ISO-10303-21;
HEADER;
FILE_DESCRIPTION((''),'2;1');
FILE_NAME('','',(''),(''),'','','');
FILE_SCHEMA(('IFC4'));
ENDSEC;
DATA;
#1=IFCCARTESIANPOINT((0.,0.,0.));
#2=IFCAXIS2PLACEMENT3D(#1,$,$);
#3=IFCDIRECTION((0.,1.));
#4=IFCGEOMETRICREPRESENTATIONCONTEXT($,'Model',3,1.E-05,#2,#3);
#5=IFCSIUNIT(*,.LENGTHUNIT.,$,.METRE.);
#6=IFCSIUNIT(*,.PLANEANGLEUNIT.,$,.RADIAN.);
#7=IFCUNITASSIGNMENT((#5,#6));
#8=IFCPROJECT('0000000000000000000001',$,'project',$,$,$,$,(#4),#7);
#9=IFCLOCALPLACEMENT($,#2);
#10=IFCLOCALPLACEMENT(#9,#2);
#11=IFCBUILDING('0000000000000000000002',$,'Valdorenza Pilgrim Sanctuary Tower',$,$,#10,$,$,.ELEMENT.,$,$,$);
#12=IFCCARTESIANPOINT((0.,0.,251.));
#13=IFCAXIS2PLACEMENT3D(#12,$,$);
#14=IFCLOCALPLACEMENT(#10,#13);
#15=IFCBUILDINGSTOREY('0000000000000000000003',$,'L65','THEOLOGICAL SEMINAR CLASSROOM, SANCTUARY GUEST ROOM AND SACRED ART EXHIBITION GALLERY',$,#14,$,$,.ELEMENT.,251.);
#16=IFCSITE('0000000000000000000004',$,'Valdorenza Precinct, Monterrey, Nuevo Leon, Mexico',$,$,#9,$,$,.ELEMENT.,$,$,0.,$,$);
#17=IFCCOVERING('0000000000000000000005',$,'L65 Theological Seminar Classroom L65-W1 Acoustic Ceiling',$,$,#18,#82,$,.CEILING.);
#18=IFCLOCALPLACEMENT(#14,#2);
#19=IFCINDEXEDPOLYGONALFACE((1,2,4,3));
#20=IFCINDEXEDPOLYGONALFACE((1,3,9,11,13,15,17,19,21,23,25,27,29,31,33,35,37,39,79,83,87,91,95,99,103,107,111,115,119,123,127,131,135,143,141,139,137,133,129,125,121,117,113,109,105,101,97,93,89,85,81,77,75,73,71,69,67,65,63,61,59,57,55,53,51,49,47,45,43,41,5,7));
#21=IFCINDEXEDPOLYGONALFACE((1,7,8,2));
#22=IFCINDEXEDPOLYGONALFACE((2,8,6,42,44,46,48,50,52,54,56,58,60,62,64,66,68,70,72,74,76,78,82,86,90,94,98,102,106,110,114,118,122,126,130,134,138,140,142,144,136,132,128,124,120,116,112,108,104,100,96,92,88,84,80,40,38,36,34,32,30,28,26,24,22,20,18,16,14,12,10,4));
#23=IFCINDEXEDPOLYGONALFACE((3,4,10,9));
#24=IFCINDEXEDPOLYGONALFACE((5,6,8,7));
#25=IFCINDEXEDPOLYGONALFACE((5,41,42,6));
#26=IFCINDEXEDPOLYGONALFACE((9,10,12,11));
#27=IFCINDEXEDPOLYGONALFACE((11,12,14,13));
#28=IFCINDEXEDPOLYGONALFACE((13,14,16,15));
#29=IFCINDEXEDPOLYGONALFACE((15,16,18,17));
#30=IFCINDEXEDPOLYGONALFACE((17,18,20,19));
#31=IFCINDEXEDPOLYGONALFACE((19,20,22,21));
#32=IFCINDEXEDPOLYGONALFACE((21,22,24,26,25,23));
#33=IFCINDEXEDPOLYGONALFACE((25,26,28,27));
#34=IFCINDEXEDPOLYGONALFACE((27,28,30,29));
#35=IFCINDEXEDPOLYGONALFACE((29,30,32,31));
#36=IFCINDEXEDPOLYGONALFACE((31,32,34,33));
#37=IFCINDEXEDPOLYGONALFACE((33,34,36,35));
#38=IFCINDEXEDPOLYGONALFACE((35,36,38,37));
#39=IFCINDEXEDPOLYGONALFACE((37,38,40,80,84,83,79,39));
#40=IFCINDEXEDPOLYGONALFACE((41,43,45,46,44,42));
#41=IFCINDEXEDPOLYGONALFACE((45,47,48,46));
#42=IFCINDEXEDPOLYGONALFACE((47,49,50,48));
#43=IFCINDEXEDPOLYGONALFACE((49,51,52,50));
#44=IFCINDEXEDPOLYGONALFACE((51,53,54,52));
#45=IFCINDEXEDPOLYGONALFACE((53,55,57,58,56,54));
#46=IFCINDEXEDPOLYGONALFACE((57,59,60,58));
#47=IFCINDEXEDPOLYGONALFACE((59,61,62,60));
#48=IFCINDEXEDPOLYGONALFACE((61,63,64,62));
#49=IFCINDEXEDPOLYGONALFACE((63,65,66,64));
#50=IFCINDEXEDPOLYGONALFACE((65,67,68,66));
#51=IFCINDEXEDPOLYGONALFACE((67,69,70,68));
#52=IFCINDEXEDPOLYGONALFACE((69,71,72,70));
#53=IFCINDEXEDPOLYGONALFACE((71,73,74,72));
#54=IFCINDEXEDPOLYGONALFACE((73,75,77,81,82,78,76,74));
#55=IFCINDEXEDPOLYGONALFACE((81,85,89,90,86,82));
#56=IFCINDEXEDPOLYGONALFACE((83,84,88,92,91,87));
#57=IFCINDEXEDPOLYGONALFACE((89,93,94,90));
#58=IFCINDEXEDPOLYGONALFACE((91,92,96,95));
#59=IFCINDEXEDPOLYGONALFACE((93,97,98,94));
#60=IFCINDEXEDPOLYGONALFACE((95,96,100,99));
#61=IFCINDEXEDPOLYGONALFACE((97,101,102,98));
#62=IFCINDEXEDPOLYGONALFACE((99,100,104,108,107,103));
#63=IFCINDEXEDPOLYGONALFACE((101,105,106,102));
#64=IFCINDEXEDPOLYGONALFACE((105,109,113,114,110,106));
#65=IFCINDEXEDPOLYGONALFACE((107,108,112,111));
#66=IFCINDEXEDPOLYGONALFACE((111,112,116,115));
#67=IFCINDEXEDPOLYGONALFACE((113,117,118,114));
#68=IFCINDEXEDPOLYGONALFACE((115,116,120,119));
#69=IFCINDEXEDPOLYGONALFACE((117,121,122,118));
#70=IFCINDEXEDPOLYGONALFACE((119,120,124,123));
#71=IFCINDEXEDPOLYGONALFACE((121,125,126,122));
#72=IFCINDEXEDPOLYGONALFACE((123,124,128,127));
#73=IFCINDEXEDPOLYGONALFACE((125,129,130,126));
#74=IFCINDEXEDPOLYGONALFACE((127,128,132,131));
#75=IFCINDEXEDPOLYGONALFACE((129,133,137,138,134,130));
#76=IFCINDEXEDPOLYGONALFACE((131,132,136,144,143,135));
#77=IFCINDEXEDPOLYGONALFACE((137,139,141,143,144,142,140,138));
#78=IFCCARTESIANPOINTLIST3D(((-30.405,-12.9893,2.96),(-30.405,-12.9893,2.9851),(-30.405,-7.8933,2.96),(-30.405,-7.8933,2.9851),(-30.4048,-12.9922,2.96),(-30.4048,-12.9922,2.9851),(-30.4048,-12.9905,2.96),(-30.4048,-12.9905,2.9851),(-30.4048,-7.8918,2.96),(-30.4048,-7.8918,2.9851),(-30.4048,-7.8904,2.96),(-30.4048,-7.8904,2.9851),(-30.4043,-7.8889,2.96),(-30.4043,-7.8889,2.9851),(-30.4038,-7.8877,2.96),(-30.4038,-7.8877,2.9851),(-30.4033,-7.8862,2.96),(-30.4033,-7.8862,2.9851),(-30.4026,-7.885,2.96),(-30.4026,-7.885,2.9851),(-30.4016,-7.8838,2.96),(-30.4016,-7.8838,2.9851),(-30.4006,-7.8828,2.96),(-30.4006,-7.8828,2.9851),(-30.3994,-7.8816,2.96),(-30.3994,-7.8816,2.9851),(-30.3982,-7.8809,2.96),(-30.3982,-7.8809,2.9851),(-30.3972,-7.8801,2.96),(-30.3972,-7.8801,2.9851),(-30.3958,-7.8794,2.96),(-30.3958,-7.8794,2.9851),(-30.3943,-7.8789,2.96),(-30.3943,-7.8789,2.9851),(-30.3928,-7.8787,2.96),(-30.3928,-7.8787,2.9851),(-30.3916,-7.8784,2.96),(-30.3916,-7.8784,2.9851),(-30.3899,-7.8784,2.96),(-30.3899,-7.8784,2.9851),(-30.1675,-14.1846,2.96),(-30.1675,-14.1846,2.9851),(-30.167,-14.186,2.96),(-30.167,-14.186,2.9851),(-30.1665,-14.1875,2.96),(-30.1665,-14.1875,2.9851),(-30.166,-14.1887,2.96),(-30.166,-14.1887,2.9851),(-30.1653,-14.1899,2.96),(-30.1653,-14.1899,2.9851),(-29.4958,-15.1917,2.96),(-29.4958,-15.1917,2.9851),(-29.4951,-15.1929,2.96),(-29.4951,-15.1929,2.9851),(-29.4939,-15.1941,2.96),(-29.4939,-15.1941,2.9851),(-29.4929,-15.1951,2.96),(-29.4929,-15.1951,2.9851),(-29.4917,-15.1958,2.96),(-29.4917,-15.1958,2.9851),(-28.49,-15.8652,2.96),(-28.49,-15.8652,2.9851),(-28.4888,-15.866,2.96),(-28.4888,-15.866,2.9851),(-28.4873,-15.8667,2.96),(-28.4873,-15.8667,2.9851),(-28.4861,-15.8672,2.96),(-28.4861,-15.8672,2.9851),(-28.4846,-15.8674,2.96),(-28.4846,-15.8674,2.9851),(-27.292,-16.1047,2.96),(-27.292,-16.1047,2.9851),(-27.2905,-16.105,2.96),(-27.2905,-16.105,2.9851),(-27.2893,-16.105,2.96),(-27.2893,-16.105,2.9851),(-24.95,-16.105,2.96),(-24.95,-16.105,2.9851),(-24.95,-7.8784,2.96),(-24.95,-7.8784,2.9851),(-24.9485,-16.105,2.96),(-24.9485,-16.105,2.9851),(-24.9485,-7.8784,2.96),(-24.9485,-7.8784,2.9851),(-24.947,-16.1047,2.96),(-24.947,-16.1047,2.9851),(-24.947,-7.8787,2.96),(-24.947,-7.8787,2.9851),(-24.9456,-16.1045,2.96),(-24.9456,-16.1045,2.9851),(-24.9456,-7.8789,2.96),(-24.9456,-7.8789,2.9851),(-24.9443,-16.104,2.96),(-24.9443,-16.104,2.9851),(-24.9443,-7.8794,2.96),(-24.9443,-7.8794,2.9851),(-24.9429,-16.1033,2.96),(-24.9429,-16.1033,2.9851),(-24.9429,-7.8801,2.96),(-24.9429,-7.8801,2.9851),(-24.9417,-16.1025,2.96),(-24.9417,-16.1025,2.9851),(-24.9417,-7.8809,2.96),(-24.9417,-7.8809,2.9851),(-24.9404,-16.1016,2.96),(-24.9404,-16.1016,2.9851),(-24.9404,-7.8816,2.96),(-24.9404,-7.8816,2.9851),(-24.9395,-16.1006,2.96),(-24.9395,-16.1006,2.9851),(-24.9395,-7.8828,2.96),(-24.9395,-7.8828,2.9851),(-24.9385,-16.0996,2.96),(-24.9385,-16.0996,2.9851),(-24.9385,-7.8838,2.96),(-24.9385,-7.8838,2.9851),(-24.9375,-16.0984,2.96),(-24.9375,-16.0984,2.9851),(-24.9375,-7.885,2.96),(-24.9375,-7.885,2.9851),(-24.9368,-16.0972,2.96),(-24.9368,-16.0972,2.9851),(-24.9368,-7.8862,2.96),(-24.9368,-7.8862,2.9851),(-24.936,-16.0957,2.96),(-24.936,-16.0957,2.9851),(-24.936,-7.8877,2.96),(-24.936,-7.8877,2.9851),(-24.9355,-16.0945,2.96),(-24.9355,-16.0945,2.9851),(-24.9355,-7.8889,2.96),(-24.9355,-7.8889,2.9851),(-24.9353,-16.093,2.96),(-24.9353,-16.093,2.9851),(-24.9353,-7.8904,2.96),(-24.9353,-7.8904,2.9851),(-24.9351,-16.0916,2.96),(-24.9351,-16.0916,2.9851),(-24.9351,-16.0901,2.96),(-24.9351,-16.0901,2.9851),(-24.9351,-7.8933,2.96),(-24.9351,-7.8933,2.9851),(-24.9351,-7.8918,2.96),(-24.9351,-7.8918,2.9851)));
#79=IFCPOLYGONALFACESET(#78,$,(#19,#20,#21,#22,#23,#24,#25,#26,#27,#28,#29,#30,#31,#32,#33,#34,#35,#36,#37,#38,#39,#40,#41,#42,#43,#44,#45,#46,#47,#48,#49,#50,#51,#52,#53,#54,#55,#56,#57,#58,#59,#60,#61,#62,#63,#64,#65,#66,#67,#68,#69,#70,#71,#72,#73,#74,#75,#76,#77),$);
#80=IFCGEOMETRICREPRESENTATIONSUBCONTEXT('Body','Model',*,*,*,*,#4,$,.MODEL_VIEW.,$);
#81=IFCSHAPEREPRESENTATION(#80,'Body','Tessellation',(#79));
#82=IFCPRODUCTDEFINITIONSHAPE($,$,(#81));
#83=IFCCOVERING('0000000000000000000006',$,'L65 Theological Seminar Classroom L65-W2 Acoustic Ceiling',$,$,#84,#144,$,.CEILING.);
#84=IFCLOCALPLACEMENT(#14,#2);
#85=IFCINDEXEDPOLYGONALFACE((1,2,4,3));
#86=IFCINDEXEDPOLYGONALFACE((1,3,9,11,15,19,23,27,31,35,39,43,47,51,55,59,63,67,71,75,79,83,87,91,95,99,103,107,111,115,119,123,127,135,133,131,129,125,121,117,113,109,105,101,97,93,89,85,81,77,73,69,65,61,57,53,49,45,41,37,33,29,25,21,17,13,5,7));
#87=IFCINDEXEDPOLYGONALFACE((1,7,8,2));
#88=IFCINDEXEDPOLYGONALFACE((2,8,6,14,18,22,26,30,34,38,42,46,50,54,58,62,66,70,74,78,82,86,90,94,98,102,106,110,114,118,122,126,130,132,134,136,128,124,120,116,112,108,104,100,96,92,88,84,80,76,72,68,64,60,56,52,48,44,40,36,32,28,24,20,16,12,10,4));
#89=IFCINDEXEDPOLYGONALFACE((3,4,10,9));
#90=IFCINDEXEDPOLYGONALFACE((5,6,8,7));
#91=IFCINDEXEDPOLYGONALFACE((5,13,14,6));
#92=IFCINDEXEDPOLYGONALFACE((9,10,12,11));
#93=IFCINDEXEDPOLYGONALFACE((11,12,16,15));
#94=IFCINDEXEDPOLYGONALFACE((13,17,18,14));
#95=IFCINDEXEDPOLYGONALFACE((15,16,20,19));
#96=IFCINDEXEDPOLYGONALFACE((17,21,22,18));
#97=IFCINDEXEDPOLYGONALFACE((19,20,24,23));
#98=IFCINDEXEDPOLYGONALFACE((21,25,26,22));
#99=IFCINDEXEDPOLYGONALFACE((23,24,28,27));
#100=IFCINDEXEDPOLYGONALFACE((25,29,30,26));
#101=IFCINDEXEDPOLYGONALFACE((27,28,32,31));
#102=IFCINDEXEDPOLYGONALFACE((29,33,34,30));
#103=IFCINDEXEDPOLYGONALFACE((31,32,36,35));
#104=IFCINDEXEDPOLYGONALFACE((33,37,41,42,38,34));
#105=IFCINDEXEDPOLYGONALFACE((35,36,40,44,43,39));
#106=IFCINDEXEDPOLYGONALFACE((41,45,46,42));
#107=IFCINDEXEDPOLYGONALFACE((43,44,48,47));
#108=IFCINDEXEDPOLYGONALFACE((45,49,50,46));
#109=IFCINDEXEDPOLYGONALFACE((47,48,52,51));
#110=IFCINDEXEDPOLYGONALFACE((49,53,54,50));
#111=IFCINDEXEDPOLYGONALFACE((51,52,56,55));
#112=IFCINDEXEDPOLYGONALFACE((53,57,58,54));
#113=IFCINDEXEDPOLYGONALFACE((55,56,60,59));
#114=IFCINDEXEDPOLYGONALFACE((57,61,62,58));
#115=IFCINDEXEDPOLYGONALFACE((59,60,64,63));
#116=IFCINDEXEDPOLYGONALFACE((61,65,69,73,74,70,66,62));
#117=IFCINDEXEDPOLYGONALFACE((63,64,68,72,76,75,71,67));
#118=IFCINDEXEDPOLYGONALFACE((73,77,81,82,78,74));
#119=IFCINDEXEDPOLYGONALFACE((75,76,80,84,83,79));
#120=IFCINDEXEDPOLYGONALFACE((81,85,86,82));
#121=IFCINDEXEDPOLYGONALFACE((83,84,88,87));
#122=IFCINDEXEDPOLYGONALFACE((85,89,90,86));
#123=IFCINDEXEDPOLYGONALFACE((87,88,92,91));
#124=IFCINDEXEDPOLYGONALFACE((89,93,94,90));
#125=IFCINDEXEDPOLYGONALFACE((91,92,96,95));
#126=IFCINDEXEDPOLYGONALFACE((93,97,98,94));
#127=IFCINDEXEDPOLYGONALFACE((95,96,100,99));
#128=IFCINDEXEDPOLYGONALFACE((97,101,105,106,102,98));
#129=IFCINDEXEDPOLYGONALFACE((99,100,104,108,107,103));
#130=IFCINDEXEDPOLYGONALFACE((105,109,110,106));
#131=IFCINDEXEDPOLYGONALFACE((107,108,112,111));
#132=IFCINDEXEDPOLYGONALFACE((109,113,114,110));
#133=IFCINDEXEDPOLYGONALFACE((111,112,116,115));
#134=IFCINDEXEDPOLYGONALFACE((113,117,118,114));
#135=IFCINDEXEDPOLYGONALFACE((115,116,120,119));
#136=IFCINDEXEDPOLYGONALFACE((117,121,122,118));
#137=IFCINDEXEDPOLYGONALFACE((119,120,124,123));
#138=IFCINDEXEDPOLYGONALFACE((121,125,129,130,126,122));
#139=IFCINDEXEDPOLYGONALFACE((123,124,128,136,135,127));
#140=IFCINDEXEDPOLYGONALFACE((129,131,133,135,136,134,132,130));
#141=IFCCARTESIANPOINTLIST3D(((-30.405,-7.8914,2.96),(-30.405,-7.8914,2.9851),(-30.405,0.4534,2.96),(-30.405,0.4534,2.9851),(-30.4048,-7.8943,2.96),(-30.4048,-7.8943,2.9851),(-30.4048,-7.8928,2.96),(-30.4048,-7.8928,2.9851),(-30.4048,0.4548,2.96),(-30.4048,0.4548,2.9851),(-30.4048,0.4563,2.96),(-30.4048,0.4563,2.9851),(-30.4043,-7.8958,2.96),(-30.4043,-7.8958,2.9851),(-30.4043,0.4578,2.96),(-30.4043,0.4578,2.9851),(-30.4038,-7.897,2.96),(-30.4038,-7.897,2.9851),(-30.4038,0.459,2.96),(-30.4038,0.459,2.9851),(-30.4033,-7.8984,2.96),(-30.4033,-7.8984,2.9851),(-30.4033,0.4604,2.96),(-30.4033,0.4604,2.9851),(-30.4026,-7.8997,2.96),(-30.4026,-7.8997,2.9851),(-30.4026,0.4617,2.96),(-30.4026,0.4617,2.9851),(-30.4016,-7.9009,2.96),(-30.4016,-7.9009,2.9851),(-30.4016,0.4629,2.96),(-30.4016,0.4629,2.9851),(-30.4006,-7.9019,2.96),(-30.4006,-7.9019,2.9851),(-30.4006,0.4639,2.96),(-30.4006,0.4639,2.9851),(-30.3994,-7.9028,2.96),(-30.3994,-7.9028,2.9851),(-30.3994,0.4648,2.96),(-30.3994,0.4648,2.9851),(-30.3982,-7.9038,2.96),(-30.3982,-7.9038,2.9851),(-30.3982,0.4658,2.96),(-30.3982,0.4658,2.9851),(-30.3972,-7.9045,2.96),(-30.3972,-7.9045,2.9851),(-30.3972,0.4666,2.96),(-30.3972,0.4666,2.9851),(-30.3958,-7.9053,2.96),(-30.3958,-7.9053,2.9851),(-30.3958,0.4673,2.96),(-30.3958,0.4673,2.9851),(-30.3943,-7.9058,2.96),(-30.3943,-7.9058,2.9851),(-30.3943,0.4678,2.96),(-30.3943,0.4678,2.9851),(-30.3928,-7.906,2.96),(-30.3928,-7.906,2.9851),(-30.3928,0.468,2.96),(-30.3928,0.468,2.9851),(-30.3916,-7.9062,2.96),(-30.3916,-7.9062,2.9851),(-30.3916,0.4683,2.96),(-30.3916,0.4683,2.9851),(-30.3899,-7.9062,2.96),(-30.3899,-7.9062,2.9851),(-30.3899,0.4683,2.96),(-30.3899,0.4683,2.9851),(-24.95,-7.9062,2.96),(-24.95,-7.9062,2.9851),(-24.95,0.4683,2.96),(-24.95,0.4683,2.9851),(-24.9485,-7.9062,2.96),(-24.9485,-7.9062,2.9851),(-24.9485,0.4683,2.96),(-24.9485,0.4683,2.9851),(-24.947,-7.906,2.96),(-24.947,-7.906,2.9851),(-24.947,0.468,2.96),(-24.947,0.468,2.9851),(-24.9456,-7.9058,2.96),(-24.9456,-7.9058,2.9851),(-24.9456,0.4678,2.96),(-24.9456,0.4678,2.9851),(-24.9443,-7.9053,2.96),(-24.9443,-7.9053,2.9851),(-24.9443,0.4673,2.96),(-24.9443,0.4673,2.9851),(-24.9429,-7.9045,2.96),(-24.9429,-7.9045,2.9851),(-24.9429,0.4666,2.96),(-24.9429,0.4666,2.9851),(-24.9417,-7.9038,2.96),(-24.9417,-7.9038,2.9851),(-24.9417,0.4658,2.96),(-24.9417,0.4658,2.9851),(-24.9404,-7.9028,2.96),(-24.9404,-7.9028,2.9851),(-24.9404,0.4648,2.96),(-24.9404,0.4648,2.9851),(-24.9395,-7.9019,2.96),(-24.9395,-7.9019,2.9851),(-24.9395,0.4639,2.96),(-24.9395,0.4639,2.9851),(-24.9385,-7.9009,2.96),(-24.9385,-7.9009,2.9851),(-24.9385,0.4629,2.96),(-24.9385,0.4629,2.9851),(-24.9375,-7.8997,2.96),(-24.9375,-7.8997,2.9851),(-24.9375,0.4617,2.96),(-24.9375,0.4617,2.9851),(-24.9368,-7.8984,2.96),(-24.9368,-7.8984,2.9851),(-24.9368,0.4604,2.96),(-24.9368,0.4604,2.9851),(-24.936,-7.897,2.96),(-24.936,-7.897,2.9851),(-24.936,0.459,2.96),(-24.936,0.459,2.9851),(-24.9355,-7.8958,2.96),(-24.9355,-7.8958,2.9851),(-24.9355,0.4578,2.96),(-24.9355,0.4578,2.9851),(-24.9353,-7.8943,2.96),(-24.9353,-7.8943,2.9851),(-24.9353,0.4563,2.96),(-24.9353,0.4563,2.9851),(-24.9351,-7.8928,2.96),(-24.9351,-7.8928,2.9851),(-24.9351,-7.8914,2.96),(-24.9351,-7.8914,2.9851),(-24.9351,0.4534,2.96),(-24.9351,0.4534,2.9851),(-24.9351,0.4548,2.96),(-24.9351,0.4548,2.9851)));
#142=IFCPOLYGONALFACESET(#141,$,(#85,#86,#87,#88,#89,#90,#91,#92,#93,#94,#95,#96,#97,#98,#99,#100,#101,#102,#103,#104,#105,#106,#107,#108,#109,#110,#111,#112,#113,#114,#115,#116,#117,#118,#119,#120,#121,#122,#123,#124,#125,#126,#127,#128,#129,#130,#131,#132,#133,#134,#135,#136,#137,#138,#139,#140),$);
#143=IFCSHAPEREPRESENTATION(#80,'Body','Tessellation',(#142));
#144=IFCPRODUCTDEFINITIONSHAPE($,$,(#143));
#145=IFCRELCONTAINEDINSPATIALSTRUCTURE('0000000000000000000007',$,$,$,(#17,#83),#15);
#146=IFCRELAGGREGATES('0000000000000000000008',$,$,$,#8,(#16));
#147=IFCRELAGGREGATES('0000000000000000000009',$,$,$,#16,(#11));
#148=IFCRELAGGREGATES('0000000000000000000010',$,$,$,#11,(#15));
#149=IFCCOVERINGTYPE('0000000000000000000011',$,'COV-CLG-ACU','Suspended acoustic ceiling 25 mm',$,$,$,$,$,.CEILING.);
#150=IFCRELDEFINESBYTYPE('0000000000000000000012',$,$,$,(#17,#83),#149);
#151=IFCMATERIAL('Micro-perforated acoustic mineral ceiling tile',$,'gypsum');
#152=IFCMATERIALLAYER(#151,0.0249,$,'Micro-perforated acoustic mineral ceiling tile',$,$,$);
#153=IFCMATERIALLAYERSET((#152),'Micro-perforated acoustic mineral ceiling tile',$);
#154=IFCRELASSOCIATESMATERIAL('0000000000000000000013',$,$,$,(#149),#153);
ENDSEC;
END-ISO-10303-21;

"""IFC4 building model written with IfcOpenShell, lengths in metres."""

from ifc_helpers import new_model, si_unit, direction, frame, origin, place, context, subcontext, project, spatial, polyline, outline, extrude, material, layer, layer_set, type_object, element, save


model = new_model("IFC4")

# Units and contexts
model_context = context("Model", 3, precision=1e-05, world=origin(), true_north=direction((0.0, 1.0)))
body_context = subcontext(model_context, "Body", "Model", "MODEL_VIEW")
ifc_project = project(units=[si_unit("LENGTHUNIT", "METRE"), si_unit("PLANEANGLEUNIT", "RADIAN")], contexts=[model_context])

# Site, building, storey
site_placement = place(None, origin())
site = spatial("IfcSite", under=ifc_project, at=site_placement, Name="Valdorenza Precinct, Monterrey, Nuevo Leon, Mexico", CompositionType="ELEMENT", RefElevation=0.0)
building_placement = place(site_placement, origin())
building = spatial("IfcBuilding", under=site, at=building_placement, Name="Valdorenza Pilgrim Sanctuary Tower", CompositionType="ELEMENT")
storey_placement = place(building_placement, frame((0.0, 0.0, 251.0)))
storey = spatial("IfcBuildingStorey", under=building, at=storey_placement, Name="L65", Description="THEOLOGICAL SEMINAR CLASSROOM, SANCTUARY GUEST ROOM AND SACRED ART EXHIBITION GALLERY", CompositionType="ELEMENT", Elevation=251.0)

# Coverings
ifc_material_1 = material(Name="Micro-perforated acoustic mineral ceiling tile", Category="gypsum")
ifc_layer_1 = layer(ifc_material_1, 0.0249, Name="Micro-perforated acoustic mineral ceiling tile")
ifc_layer_set_1 = layer_set([ifc_layer_1], Name="Micro-perforated acoustic mineral ceiling tile")
covering_type_1 = type_object("IfcCoveringType", Name="COV-CLG-ACU", Description="Suspended acoustic ceiling 25 mm", PredefinedType="CEILING", material=ifc_layer_set_1)
covering_1_placement = place(storey_placement, frame((0.0, 0.0, 2.96)))
element("IfcCovering", 1, at=covering_1_placement, inside=storey, type_object=covering_type_1, Name="L65 Theological Seminar Classroom L65-W1 Acoustic Ceiling", PredefinedType="CEILING", context=body_context, shape_type="SweptSolid", body=[
    extrude(outline(polyline([(-24.9351, -16.0901), (-24.9351, -16.0916), (-24.9353, -16.093), (-24.9355, -16.0945), (-24.936, -16.0957), (-24.9368, -16.0972), (-24.9375, -16.0984), (-24.9385, -16.0996), (-24.9395, -16.1006), (-24.9404, -16.1016), (-24.9417, -16.1025), (-24.9429, -16.1033), (-24.9443, -16.104), (-24.9456, -16.1045), (-24.947, -16.1047), (-24.9485, -16.105), (-24.95, -16.105), (-27.2893, -16.105), (-27.2905, -16.105), (-27.292, -16.1047), (-28.4846, -15.8674), (-28.4861, -15.8672), (-28.4873, -15.8667), (-28.4888, -15.866), (-28.49, -15.8652), (-29.4917, -15.1958), (-29.4929, -15.1951), (-29.4939, -15.1941), (-29.4951, -15.1929), (-29.4958, -15.1917), (-30.1653, -14.1899), (-30.166, -14.1887), (-30.1665, -14.1875), (-30.167, -14.186), (-30.1675, -14.1846), (-30.4048, -12.9922), (-30.4048, -12.9905), (-30.405, -12.9893), (-30.405, -7.8933), (-30.4048, -7.8918), (-30.4048, -7.8904), (-30.4043, -7.8889), (-30.4038, -7.8877), (-30.4033, -7.8862), (-30.4026, -7.885), (-30.4016, -7.8838), (-30.4006, -7.8828), (-30.3994, -7.8816), (-30.3982, -7.8809), (-30.3972, -7.8801), (-30.3958, -7.8794), (-30.3943, -7.8789), (-30.3928, -7.8787), (-30.3916, -7.8784), (-30.3899, -7.8784), (-24.95, -7.8784), (-24.9485, -7.8784), (-24.947, -7.8787), (-24.9456, -7.8789), (-24.9443, -7.8794), (-24.9429, -7.8801), (-24.9417, -7.8809), (-24.9404, -7.8816), (-24.9395, -7.8828), (-24.9385, -7.8838), (-24.9375, -7.885), (-24.9368, -7.8862), (-24.936, -7.8877), (-24.9355, -7.8889), (-24.9353, -7.8904), (-24.9351, -7.8918), (-24.9351, -7.8933), (-24.9351, -16.0901)])), origin(), (0.0, 0.0, 1.0), 0.0251),
])
covering_2_placement = place(storey_placement, frame((0.0, 0.0, 2.96)))
element("IfcCovering", 2, at=covering_2_placement, inside=storey, type_object=covering_type_1, Name="L65 Theological Seminar Classroom L65-W2 Acoustic Ceiling", PredefinedType="CEILING", context=body_context, shape_type="SweptSolid", body=[
    extrude(outline(polyline([(-24.9351, -7.8914), (-24.9351, -7.8928), (-24.9353, -7.8943), (-24.9355, -7.8958), (-24.936, -7.897), (-24.9368, -7.8984), (-24.9375, -7.8997), (-24.9385, -7.9009), (-24.9395, -7.9019), (-24.9404, -7.9028), (-24.9417, -7.9038), (-24.9429, -7.9045), (-24.9443, -7.9053), (-24.9456, -7.9058), (-24.947, -7.906), (-24.9485, -7.9062), (-24.95, -7.9062), (-30.3899, -7.9062), (-30.3916, -7.9062), (-30.3928, -7.906), (-30.3943, -7.9058), (-30.3958, -7.9053), (-30.3972, -7.9045), (-30.3982, -7.9038), (-30.3994, -7.9028), (-30.4006, -7.9019), (-30.4016, -7.9009), (-30.4026, -7.8997), (-30.4033, -7.8984), (-30.4038, -7.897), (-30.4043, -7.8958), (-30.4048, -7.8943), (-30.4048, -7.8928), (-30.405, -7.8914), (-30.405, 0.4534), (-30.4048, 0.4548), (-30.4048, 0.4563), (-30.4043, 0.4578), (-30.4038, 0.459), (-30.4033, 0.4604), (-30.4026, 0.4617), (-30.4016, 0.4629), (-30.4006, 0.4639), (-30.3994, 0.4648), (-30.3982, 0.4658), (-30.3972, 0.4666), (-30.3958, 0.4673), (-30.3943, 0.4678), (-30.3928, 0.468), (-30.3916, 0.4683), (-30.3899, 0.4683), (-24.95, 0.4683), (-24.9485, 0.4683), (-24.947, 0.468), (-24.9456, 0.4678), (-24.9443, 0.4673), (-24.9429, 0.4666), (-24.9417, 0.4658), (-24.9404, 0.4648), (-24.9395, 0.4639), (-24.9385, 0.4629), (-24.9375, 0.4617), (-24.9368, 0.4604), (-24.936, 0.459), (-24.9355, 0.4578), (-24.9353, 0.4563), (-24.9351, 0.4548), (-24.9351, 0.4534), (-24.9351, -7.8914)])), origin(), (0.0, 0.0, 1.0), 0.0251),
])

save(model, "model.ifc")
